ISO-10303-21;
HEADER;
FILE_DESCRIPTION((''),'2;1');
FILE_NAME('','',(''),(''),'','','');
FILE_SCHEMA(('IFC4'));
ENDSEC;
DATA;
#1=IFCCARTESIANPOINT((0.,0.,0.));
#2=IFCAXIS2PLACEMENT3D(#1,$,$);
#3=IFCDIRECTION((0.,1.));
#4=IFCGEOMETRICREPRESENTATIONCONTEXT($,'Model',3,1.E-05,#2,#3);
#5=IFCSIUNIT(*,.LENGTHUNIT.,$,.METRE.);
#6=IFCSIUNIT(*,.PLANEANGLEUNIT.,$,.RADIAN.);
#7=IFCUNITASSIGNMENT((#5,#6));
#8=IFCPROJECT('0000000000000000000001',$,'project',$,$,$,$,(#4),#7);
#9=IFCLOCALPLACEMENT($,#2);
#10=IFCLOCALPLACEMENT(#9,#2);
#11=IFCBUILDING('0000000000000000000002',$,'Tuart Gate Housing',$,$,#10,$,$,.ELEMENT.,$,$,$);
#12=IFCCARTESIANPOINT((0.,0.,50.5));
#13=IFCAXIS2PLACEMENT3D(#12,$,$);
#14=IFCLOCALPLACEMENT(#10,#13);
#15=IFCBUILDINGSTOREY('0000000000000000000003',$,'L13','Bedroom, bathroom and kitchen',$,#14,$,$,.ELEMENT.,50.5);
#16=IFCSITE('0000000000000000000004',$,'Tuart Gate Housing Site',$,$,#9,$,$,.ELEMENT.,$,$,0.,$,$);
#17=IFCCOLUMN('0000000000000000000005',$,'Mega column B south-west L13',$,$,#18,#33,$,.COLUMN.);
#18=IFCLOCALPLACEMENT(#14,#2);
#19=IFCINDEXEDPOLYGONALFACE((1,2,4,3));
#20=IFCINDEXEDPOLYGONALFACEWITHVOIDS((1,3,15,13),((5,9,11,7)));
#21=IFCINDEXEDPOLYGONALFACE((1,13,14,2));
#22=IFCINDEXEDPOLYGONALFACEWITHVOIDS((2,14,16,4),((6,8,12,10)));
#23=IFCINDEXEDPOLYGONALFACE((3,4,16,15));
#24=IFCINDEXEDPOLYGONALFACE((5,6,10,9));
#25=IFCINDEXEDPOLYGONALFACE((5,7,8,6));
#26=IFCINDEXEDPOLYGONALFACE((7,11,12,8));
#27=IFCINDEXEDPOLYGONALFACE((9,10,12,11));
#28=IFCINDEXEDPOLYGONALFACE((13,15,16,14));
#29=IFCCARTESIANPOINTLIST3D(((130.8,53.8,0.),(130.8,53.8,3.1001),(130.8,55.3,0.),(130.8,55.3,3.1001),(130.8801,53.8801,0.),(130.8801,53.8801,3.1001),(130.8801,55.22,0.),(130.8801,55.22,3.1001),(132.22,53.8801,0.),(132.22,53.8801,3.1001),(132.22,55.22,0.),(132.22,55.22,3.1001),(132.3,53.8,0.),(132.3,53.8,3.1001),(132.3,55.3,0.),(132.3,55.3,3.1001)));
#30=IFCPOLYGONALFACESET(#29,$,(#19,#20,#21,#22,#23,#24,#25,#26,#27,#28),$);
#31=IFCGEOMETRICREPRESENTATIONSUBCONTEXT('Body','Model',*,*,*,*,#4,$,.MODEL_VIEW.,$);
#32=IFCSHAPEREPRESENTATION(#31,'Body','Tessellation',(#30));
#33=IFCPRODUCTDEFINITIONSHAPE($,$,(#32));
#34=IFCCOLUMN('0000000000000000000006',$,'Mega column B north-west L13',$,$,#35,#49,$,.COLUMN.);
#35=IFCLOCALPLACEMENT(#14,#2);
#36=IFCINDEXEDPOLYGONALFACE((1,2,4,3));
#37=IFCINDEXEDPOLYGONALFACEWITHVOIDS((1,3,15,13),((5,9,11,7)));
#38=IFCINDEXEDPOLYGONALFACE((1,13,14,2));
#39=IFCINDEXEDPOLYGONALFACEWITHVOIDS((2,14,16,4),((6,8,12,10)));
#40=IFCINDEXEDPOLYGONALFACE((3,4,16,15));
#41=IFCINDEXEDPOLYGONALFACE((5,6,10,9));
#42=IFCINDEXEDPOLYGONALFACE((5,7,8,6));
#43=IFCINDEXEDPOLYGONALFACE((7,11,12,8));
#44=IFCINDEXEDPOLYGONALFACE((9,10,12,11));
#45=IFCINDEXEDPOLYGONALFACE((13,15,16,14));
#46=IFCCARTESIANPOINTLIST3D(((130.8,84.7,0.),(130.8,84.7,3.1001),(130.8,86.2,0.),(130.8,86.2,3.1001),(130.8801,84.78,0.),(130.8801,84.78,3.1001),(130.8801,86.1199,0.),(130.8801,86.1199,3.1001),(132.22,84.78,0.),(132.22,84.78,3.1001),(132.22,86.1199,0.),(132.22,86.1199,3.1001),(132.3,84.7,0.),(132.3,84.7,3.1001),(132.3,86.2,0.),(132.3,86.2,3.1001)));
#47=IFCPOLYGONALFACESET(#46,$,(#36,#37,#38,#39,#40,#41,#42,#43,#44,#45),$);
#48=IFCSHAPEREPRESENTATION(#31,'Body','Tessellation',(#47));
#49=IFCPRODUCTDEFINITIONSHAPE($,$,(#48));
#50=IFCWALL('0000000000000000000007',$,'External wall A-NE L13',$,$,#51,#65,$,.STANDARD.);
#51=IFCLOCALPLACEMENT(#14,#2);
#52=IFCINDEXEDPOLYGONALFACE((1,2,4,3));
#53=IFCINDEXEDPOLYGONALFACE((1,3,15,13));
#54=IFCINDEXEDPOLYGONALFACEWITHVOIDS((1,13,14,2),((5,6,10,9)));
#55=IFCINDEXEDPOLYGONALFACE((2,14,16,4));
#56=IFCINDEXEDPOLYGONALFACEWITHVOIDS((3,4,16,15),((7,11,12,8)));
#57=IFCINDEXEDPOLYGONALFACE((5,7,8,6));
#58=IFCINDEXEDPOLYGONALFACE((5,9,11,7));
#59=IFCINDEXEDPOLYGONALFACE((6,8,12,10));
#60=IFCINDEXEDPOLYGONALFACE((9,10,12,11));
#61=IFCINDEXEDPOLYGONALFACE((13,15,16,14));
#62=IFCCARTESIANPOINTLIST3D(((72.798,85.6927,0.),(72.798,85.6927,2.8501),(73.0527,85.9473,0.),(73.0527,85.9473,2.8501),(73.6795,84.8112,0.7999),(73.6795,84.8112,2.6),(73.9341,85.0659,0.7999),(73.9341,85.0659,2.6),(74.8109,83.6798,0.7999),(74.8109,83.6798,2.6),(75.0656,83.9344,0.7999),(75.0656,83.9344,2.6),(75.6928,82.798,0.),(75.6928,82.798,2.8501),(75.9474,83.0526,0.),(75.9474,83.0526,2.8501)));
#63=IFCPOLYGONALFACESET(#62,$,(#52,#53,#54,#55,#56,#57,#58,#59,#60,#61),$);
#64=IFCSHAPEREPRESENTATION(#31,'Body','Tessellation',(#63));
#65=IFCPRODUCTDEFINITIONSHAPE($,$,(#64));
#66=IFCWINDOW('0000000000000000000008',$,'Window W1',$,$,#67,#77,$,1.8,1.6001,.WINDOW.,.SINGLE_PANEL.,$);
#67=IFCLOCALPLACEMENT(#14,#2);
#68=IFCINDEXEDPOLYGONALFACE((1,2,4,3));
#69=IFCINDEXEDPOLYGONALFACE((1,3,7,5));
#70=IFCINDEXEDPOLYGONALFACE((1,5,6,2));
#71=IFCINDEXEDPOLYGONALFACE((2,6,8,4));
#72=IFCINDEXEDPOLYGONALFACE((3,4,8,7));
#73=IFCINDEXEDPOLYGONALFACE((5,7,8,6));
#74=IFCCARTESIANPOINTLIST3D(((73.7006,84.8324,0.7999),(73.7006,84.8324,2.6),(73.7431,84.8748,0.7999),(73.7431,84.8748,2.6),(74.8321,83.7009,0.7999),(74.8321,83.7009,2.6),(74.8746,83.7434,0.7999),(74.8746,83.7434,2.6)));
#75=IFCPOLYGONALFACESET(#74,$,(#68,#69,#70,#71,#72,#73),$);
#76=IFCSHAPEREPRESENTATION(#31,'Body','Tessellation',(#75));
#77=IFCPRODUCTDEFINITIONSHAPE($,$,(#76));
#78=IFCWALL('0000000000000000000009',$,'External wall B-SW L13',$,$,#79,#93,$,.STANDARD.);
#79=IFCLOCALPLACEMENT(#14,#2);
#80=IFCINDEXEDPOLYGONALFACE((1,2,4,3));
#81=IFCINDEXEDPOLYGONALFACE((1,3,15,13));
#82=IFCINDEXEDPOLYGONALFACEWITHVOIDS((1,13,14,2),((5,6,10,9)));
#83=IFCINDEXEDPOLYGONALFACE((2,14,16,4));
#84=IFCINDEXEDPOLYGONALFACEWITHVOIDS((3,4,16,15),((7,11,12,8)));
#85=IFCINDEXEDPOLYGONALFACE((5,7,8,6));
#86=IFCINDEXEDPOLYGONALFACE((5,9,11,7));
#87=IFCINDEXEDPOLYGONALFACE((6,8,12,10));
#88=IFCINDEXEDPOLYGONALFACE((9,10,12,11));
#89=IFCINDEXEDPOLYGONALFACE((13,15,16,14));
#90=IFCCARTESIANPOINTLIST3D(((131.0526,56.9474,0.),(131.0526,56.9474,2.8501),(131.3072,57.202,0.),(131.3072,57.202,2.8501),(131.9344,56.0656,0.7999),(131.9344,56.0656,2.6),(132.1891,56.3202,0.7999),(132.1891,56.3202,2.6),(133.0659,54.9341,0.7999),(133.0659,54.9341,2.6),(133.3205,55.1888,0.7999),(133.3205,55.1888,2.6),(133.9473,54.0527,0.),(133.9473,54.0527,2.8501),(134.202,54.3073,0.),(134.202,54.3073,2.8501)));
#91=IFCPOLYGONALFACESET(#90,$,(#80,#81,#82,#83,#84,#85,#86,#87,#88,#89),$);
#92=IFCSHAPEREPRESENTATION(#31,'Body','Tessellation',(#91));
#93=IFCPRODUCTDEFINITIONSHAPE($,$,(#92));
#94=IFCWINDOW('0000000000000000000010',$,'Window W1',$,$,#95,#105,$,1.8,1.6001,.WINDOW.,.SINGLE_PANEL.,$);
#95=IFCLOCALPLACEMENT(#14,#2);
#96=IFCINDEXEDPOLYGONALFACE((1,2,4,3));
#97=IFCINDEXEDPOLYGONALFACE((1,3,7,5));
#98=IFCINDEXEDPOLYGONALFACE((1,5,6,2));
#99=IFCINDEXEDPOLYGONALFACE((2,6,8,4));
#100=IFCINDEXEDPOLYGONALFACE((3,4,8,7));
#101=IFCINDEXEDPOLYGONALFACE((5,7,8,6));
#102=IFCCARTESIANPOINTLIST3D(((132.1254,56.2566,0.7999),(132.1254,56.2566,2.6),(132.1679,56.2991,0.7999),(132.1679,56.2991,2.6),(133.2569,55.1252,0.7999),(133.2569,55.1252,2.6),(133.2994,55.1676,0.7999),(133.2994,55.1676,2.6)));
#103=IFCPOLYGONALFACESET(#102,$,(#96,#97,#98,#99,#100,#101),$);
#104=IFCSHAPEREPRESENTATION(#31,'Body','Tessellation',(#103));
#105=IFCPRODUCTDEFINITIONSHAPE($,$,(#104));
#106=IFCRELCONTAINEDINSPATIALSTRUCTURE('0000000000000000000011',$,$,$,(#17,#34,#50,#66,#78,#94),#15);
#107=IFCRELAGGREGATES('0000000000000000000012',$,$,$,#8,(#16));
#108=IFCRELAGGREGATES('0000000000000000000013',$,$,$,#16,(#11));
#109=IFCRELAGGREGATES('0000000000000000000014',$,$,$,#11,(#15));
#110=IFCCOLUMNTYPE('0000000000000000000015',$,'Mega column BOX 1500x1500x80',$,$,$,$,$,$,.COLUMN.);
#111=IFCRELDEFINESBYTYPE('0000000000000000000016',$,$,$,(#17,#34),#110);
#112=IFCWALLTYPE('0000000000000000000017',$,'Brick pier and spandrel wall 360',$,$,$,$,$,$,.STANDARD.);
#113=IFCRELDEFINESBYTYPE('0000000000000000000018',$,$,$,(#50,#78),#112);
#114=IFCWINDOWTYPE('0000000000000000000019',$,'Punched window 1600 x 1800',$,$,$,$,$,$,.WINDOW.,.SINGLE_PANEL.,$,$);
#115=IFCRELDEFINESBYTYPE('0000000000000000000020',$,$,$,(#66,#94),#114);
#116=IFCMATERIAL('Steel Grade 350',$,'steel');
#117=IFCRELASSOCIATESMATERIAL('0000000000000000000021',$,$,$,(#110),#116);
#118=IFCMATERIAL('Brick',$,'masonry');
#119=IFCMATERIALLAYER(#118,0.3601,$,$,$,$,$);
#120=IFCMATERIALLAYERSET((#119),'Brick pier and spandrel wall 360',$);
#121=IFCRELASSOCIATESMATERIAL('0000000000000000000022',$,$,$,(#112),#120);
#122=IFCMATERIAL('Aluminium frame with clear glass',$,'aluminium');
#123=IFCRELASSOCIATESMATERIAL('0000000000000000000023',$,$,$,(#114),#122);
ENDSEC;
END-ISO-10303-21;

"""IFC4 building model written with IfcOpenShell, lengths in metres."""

from ifc_helpers import new_model, si_unit, direction, frame, frame_2d, origin, origin_2d, place, context, subcontext, project, spatial, rectangle, hollow_rectangle, extrude, material, layer, layer_set, material_profile, profile_set, type_object, element, fill, save


model = new_model("IFC4")

# Units and contexts
model_context = context("Model", 3, precision=1e-05, world=origin(), true_north=direction((0.0, 1.0)))
body_context = subcontext(model_context, "Body", "Model", "MODEL_VIEW")
ifc_project = project(units=[si_unit("LENGTHUNIT", "METRE"), si_unit("PLANEANGLEUNIT", "RADIAN")], contexts=[model_context])

# Site, building, storey
site_placement = place(None, origin())
site = spatial("IfcSite", under=ifc_project, at=site_placement, Name="Tuart Gate Housing Site", CompositionType="ELEMENT", RefElevation=0.0)
building_placement = place(site_placement, origin())
building = spatial("IfcBuilding", under=site, at=building_placement, Name="Tuart Gate Housing", CompositionType="ELEMENT")
storey_placement = place(building_placement, frame((0.0, 0.0, 50.5)))
storey = spatial("IfcBuildingStorey", under=building, at=storey_placement, Name="L13", Description="Bedroom, bathroom and kitchen", CompositionType="ELEMENT", Elevation=50.5)

# Columns
ifc_material_1 = material(Name="Steel Grade 350", Category="steel")
ifc_material_profile = material_profile(ifc_material_1, hollow_rectangle(XDim=1.5, YDim=1.5, WallThickness=0.0801, at=origin_2d()), Name="BOX 1500x1500x80")
ifc_profile_set = profile_set([ifc_material_profile], Name="Steel Grade 350")
column_type = type_object("IfcColumnType", Name="Mega column BOX 1500x1500x80", PredefinedType="COLUMN", material=ifc_profile_set)
for number, where, z_axis, x_axis, name in (
    (1, (131.55, 54.55, 0.0), (0.0, 0.0, 1.0), (1.0, 0.0, 0.0), "Mega column B south-west L13"),
    (2, (131.55, 85.45, 0.0), (0.0, 0.0, 1.0), (1.0, 0.0, 0.0), "Mega column B north-west L13"),
):
    element("IfcColumn", number, at=place(storey_placement, frame(where, z_axis=z_axis, x_axis=x_axis)), inside=storey, type_object=column_type, Name=name, PredefinedType="COLUMN", context=body_context, shape_type="SweptSolid", body=[
        extrude(hollow_rectangle(XDim=1.5, YDim=1.5, WallThickness=0.0801, at=origin_2d()), origin(), (0.0, 0.0, 1.0), 3.1001),
    ])

# Walls, openings, windows
ifc_material_2 = material(Name="Brick", Category="masonry")
ifc_layer_1 = layer(ifc_material_2, 0.3601)
ifc_layer_set_1 = layer_set([ifc_layer_1], Name="Brick pier and spandrel wall 360")
wall_type_1 = type_object("IfcWallType", Name="Brick pier and spandrel wall 360", PredefinedType="STANDARD", material=ifc_layer_set_1)
wall_1_placement = place(storey_placement, frame((75.8201, 82.9253, 0.0), z_axis=(0.0, 0.0, 1.0), x_axis=(-0.707107, 0.707107, 0.0)))
wall_1 = element("IfcWall", 3, at=wall_1_placement, inside=storey, type_object=wall_type_1, Name="External wall A-NE L13", PredefinedType="STANDARD", context=body_context, shape_type="SweptSolid", body=[
    extrude(rectangle(XDim=4.0938, YDim=0.3601, at=frame_2d((2.0469, 0.0))), origin(), (0.0, 0.0, 1.0), 2.8501),
])
opening_1_placement = place(wall_1_placement, frame((1.2471, 0.0, 0.8)))
opening_1 = element("IfcOpeningElement", 4, at=opening_1_placement, cuts=wall_1, PredefinedType="OPENING", context=body_context, shape_type="SweptSolid", body=[
    extrude(rectangle(XDim=1.6001, YDim=1.8, at=frame_2d((0.8, 0.8999))), frame((0.0, 0.1899, 0.0), z_axis=(0.0, -1.0, 0.0), x_axis=(1.0, 0.0, 0.0)), (0.0, 0.0, 1.0), 0.3801),
])
ifc_material_3 = material(Name="Aluminium frame with clear glass", Category="aluminium")
window_type = type_object("IfcWindowType", Name="Punched window 1600 x 1800", PartitioningType="SINGLE_PANEL", PredefinedType="WINDOW", material=ifc_material_3)
window_1_placement = place(opening_1_placement, origin())
window_1 = element("IfcWindow", 5, at=window_1_placement, inside=storey, type_object=window_type, Name="Window W1", OverallHeight=1.8, OverallWidth=1.6001, PartitioningType="SINGLE_PANEL", PredefinedType="WINDOW", context=body_context, shape_type="SweptSolid", body=[
    extrude(rectangle(XDim=1.6001, YDim=1.8, at=frame_2d((0.8, 0.8999))), frame((0.0, 0.1501, 0.0), z_axis=(0.0, -1.0, 0.0), x_axis=(1.0, 0.0, 0.0)), (0.0, 0.0, 1.0), 0.0601),
])
fill(opening_1, window_1)
wall_2_placement = place(storey_placement, frame((131.1799, 57.0747, 0.0), z_axis=(0.0, 0.0, 1.0), x_axis=(0.707107, -0.707107, 0.0)))
wall_2 = element("IfcWall", 6, at=wall_2_placement, inside=storey, type_object=wall_type_1, Name="External wall B-SW L13", PredefinedType="STANDARD", context=body_context, shape_type="SweptSolid", body=[
    extrude(rectangle(XDim=4.0938, YDim=0.3601, at=frame_2d((2.0469, 0.0))), origin(), (0.0, 0.0, 1.0), 2.8501),
])
opening_2_placement = place(wall_2_placement, frame((1.2471, 0.0, 0.8)))
opening_2 = element("IfcOpeningElement", 7, at=opening_2_placement, cuts=wall_2, PredefinedType="OPENING", context=body_context, shape_type="SweptSolid", body=[
    extrude(rectangle(XDim=1.6001, YDim=1.8, at=frame_2d((0.8, 0.8999))), frame((0.0, 0.1899, 0.0), z_axis=(0.0, -1.0, 0.0), x_axis=(1.0, 0.0, 0.0)), (0.0, 0.0, 1.0), 0.3801),
])
window_2_placement = place(opening_2_placement, origin())
window_2 = element("IfcWindow", 8, at=window_2_placement, inside=storey, type_object=window_type, Name="Window W1", OverallHeight=1.8, OverallWidth=1.6001, PartitioningType="SINGLE_PANEL", PredefinedType="WINDOW", context=body_context, shape_type="SweptSolid", body=[
    extrude(rectangle(XDim=1.6001, YDim=1.8, at=frame_2d((0.8, 0.8999))), frame((0.0, 0.1501, 0.0), z_axis=(0.0, -1.0, 0.0), x_axis=(1.0, 0.0, 0.0)), (0.0, 0.0, 1.0), 0.0601),
])
fill(opening_2, window_2)

save(model, "model.ifc")
